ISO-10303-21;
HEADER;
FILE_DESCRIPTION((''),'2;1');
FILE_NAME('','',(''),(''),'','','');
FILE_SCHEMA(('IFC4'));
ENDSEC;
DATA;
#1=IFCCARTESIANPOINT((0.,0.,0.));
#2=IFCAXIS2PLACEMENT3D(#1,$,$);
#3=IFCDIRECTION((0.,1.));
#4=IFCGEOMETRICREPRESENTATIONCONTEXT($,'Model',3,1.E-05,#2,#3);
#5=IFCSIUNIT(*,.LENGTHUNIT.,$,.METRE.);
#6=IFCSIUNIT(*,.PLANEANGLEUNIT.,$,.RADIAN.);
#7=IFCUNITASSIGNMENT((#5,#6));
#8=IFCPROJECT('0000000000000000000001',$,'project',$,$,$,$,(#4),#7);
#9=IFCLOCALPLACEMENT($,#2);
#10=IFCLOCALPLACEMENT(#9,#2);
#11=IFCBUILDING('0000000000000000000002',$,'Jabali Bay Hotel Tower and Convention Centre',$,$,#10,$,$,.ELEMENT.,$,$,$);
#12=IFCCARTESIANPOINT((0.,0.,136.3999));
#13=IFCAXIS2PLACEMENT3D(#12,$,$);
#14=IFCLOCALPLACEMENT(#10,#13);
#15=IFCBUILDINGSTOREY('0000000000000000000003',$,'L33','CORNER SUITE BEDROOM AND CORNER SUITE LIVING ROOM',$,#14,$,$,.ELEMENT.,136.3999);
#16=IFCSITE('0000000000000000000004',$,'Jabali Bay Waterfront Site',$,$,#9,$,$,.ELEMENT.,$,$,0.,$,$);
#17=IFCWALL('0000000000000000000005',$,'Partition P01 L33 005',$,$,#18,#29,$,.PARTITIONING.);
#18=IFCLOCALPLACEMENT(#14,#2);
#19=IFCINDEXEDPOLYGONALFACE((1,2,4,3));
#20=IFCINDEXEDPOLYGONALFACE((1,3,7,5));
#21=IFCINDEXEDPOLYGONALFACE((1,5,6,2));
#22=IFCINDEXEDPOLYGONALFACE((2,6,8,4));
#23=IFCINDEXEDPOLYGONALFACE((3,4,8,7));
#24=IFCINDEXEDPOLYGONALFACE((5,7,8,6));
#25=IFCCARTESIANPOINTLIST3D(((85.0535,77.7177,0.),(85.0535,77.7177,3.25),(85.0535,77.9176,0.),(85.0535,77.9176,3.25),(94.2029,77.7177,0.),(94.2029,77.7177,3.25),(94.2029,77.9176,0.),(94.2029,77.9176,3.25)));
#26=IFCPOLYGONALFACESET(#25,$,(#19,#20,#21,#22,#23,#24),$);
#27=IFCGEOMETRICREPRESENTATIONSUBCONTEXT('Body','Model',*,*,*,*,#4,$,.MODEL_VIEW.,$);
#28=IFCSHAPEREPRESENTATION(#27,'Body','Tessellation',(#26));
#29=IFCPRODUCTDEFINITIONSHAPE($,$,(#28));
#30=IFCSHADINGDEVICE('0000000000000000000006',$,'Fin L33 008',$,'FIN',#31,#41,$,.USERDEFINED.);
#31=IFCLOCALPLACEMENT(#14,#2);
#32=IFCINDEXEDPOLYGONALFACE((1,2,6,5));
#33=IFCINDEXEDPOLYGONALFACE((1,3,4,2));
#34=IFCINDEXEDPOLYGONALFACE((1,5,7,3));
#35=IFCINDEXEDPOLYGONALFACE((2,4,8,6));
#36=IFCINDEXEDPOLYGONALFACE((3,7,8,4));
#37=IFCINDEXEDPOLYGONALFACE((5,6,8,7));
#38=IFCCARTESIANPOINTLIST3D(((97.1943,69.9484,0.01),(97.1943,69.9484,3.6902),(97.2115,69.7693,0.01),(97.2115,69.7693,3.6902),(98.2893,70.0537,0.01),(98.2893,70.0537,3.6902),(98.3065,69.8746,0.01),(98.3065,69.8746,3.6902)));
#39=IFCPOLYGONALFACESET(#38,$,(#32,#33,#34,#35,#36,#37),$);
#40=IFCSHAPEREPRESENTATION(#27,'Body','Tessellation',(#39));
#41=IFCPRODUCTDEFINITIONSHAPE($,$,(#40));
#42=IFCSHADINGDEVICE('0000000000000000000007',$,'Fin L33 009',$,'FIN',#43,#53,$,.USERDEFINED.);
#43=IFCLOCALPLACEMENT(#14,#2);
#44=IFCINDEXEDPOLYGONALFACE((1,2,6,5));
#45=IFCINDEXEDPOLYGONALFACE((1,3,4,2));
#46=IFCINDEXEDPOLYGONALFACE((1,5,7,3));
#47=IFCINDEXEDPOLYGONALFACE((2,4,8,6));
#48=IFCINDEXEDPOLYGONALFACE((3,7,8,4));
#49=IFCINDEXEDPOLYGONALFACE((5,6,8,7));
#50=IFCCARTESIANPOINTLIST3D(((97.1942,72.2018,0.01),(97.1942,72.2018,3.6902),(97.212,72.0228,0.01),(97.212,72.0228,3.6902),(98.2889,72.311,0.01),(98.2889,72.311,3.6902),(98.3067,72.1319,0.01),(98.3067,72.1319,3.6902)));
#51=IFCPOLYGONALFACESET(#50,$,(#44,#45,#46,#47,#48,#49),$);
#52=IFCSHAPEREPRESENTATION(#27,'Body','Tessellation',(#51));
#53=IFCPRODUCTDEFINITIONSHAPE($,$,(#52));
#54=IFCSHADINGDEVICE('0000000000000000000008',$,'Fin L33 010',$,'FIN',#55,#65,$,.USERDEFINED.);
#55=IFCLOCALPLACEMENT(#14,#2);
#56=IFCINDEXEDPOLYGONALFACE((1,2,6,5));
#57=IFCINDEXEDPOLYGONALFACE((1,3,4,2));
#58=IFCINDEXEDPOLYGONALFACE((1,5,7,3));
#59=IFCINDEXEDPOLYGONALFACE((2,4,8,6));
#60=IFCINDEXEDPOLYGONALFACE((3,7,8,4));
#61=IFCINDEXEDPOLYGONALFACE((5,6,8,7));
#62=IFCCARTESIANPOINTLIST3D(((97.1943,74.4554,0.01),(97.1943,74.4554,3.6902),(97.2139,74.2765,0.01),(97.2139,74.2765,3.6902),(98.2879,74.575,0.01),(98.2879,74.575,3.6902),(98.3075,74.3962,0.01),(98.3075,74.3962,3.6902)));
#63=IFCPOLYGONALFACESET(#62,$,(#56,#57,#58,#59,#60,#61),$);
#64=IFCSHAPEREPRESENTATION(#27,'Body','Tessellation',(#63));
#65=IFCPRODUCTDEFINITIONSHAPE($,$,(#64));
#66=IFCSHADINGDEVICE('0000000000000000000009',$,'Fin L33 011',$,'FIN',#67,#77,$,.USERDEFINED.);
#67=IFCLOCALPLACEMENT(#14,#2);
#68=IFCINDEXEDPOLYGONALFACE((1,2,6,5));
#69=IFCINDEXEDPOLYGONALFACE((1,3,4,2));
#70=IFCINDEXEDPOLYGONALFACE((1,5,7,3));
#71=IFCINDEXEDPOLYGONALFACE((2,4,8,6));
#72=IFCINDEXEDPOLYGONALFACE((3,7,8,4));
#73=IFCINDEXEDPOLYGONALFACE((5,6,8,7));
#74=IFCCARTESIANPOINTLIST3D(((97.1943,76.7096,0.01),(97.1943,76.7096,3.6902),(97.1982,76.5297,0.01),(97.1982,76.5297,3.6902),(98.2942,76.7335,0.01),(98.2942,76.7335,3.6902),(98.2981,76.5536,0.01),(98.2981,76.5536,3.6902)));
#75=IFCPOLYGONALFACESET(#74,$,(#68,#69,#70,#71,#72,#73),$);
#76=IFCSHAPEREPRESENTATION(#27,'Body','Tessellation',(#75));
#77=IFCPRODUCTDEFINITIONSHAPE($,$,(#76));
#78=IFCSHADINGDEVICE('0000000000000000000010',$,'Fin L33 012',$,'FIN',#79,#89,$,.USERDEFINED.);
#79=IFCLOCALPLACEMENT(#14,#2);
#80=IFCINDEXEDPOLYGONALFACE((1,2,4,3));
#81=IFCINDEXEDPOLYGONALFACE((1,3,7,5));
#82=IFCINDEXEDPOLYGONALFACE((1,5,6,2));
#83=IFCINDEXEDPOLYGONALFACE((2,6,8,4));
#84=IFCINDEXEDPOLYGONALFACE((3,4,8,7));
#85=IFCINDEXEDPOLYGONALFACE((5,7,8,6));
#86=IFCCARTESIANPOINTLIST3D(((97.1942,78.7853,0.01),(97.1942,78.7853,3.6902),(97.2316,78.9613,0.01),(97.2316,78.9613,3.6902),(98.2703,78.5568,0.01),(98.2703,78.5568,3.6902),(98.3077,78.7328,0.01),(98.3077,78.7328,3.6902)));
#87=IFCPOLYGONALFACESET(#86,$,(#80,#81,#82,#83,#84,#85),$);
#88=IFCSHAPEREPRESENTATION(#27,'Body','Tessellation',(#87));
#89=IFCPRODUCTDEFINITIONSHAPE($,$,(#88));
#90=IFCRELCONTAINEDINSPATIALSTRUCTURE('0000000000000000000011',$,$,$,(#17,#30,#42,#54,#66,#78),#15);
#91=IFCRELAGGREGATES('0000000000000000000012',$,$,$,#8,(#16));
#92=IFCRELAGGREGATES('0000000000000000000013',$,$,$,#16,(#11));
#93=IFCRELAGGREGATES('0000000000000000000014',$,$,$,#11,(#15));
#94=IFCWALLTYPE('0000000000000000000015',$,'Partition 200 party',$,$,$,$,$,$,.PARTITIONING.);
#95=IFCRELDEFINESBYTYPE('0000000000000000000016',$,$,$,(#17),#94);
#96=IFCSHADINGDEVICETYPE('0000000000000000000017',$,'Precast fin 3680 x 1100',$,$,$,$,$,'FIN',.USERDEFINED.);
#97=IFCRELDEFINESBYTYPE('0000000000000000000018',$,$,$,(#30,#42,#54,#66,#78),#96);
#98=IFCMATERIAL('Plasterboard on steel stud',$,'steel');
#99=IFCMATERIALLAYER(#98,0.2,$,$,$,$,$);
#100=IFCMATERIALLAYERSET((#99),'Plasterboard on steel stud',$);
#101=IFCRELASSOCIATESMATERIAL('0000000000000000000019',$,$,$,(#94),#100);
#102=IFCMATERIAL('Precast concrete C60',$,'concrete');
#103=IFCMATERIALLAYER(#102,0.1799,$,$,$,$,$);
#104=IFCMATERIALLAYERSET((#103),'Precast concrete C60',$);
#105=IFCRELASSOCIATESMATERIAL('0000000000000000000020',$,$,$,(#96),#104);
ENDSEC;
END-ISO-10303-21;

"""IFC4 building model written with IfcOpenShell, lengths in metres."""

from ifc_helpers import new_model, si_unit, direction, frame, frame_2d, origin, place, context, subcontext, project, spatial, rectangle, extrude, material, layer, layer_set, type_object, element, save


model = new_model("IFC4")

# Units and contexts
model_context = context("Model", 3, precision=1e-05, world=origin(), true_north=direction((0.0, 1.0)))
body_context = subcontext(model_context, "Body", "Model", "MODEL_VIEW")
ifc_project = project(units=[si_unit("LENGTHUNIT", "METRE"), si_unit("PLANEANGLEUNIT", "RADIAN")], contexts=[model_context])

# Site, building, storey
site_placement = place(None, origin())
site = spatial("IfcSite", under=ifc_project, at=site_placement, Name="Jabali Bay Waterfront Site", CompositionType="ELEMENT", RefElevation=0.0)
building_placement = place(site_placement, origin())
building = spatial("IfcBuilding", under=site, at=building_placement, Name="Jabali Bay Hotel Tower and Convention Centre", CompositionType="ELEMENT")
storey_placement = place(building_placement, frame((0.0, 0.0, 136.3999)))
storey = spatial("IfcBuildingStorey", under=building, at=storey_placement, Name="L33", Description="CORNER SUITE BEDROOM AND CORNER SUITE LIVING ROOM", CompositionType="ELEMENT", Elevation=136.3999)

# Shared definitions
ifc_material_1 = material(Name="Plasterboard on steel stud", Category="steel")

# Shared definitions
ifc_layer_1 = layer(ifc_material_1, 0.2)
ifc_layer_set_1 = layer_set([ifc_layer_1], Name="Plasterboard on steel stud")
wall_type_1 = type_object("IfcWallType", Name="Partition 200 party", PredefinedType="PARTITIONING", material=ifc_layer_set_1)

# Wall
wall_1_placement = place(storey_placement, frame((94.2029, 77.8176, 0.0), z_axis=(0.0, 0.0, 1.0), x_axis=(-1.0, 0.0, 0.0)))
element("IfcWall", 1, at=wall_1_placement, inside=storey, type_object=wall_type_1, Name="Partition P01 L33 005", PredefinedType="PARTITIONING", context=body_context, shape_type="SweptSolid", body=[
    extrude(rectangle(XDim=9.1494, YDim=0.2, at=frame_2d((4.5747, 0.0))), origin(), (0.0, 0.0, 1.0), 3.25),
])

# Shading devices
ifc_material_2 = material(Name="Precast concrete C60", Category="concrete")
ifc_layer_2 = layer(ifc_material_2, 0.1799)
ifc_layer_set_2 = layer_set([ifc_layer_2], Name="Precast concrete C60")
shading_device_type = type_object("IfcShadingDeviceType", Name="Precast fin 3680 x 1100", ElementType="FIN", PredefinedType="USERDEFINED", material=ifc_layer_set_2)
for number, where, z_axis, x_axis, name in (
    (2, (97.2029, 69.8589, 0.01), (0.0, 0.0, 1.0), (0.995414, 0.095657, 0.0), "Fin L33 008"),
    (3, (97.2031, 72.1123, 0.01), (0.0, 0.0, 1.0), (0.995068, 0.099196, 0.0), "Fin L33 009"),
    (4, (97.2041, 74.366, 0.01), (0.0, 0.0, 1.0), (0.994069, 0.108751, 0.0), "Fin L33 010"),
    (5, (97.1963, 76.6196, 0.01), (0.0, 0.0, 1.0), (0.999763, 0.021748, 0.0), "Fin L33 011"),
    (6, (97.2129, 78.8733, 0.01), (0.0, 0.0, 1.0), (0.97819, -0.20771, 0.0), "Fin L33 012"),
):
    element("IfcShadingDevice", number, at=place(storey_placement, frame(where, z_axis=z_axis, x_axis=x_axis)), inside=storey, type_object=shading_device_type, Name=name, ObjectType="FIN", PredefinedType="USERDEFINED", context=body_context, shape_type="SweptSolid", body=[
        extrude(rectangle(XDim=1.1001, YDim=0.1799, at=frame_2d((0.55, 0.0))), origin(), (0.0, 0.0, 1.0), 3.6802),
    ])

save(model, "model.ifc")
